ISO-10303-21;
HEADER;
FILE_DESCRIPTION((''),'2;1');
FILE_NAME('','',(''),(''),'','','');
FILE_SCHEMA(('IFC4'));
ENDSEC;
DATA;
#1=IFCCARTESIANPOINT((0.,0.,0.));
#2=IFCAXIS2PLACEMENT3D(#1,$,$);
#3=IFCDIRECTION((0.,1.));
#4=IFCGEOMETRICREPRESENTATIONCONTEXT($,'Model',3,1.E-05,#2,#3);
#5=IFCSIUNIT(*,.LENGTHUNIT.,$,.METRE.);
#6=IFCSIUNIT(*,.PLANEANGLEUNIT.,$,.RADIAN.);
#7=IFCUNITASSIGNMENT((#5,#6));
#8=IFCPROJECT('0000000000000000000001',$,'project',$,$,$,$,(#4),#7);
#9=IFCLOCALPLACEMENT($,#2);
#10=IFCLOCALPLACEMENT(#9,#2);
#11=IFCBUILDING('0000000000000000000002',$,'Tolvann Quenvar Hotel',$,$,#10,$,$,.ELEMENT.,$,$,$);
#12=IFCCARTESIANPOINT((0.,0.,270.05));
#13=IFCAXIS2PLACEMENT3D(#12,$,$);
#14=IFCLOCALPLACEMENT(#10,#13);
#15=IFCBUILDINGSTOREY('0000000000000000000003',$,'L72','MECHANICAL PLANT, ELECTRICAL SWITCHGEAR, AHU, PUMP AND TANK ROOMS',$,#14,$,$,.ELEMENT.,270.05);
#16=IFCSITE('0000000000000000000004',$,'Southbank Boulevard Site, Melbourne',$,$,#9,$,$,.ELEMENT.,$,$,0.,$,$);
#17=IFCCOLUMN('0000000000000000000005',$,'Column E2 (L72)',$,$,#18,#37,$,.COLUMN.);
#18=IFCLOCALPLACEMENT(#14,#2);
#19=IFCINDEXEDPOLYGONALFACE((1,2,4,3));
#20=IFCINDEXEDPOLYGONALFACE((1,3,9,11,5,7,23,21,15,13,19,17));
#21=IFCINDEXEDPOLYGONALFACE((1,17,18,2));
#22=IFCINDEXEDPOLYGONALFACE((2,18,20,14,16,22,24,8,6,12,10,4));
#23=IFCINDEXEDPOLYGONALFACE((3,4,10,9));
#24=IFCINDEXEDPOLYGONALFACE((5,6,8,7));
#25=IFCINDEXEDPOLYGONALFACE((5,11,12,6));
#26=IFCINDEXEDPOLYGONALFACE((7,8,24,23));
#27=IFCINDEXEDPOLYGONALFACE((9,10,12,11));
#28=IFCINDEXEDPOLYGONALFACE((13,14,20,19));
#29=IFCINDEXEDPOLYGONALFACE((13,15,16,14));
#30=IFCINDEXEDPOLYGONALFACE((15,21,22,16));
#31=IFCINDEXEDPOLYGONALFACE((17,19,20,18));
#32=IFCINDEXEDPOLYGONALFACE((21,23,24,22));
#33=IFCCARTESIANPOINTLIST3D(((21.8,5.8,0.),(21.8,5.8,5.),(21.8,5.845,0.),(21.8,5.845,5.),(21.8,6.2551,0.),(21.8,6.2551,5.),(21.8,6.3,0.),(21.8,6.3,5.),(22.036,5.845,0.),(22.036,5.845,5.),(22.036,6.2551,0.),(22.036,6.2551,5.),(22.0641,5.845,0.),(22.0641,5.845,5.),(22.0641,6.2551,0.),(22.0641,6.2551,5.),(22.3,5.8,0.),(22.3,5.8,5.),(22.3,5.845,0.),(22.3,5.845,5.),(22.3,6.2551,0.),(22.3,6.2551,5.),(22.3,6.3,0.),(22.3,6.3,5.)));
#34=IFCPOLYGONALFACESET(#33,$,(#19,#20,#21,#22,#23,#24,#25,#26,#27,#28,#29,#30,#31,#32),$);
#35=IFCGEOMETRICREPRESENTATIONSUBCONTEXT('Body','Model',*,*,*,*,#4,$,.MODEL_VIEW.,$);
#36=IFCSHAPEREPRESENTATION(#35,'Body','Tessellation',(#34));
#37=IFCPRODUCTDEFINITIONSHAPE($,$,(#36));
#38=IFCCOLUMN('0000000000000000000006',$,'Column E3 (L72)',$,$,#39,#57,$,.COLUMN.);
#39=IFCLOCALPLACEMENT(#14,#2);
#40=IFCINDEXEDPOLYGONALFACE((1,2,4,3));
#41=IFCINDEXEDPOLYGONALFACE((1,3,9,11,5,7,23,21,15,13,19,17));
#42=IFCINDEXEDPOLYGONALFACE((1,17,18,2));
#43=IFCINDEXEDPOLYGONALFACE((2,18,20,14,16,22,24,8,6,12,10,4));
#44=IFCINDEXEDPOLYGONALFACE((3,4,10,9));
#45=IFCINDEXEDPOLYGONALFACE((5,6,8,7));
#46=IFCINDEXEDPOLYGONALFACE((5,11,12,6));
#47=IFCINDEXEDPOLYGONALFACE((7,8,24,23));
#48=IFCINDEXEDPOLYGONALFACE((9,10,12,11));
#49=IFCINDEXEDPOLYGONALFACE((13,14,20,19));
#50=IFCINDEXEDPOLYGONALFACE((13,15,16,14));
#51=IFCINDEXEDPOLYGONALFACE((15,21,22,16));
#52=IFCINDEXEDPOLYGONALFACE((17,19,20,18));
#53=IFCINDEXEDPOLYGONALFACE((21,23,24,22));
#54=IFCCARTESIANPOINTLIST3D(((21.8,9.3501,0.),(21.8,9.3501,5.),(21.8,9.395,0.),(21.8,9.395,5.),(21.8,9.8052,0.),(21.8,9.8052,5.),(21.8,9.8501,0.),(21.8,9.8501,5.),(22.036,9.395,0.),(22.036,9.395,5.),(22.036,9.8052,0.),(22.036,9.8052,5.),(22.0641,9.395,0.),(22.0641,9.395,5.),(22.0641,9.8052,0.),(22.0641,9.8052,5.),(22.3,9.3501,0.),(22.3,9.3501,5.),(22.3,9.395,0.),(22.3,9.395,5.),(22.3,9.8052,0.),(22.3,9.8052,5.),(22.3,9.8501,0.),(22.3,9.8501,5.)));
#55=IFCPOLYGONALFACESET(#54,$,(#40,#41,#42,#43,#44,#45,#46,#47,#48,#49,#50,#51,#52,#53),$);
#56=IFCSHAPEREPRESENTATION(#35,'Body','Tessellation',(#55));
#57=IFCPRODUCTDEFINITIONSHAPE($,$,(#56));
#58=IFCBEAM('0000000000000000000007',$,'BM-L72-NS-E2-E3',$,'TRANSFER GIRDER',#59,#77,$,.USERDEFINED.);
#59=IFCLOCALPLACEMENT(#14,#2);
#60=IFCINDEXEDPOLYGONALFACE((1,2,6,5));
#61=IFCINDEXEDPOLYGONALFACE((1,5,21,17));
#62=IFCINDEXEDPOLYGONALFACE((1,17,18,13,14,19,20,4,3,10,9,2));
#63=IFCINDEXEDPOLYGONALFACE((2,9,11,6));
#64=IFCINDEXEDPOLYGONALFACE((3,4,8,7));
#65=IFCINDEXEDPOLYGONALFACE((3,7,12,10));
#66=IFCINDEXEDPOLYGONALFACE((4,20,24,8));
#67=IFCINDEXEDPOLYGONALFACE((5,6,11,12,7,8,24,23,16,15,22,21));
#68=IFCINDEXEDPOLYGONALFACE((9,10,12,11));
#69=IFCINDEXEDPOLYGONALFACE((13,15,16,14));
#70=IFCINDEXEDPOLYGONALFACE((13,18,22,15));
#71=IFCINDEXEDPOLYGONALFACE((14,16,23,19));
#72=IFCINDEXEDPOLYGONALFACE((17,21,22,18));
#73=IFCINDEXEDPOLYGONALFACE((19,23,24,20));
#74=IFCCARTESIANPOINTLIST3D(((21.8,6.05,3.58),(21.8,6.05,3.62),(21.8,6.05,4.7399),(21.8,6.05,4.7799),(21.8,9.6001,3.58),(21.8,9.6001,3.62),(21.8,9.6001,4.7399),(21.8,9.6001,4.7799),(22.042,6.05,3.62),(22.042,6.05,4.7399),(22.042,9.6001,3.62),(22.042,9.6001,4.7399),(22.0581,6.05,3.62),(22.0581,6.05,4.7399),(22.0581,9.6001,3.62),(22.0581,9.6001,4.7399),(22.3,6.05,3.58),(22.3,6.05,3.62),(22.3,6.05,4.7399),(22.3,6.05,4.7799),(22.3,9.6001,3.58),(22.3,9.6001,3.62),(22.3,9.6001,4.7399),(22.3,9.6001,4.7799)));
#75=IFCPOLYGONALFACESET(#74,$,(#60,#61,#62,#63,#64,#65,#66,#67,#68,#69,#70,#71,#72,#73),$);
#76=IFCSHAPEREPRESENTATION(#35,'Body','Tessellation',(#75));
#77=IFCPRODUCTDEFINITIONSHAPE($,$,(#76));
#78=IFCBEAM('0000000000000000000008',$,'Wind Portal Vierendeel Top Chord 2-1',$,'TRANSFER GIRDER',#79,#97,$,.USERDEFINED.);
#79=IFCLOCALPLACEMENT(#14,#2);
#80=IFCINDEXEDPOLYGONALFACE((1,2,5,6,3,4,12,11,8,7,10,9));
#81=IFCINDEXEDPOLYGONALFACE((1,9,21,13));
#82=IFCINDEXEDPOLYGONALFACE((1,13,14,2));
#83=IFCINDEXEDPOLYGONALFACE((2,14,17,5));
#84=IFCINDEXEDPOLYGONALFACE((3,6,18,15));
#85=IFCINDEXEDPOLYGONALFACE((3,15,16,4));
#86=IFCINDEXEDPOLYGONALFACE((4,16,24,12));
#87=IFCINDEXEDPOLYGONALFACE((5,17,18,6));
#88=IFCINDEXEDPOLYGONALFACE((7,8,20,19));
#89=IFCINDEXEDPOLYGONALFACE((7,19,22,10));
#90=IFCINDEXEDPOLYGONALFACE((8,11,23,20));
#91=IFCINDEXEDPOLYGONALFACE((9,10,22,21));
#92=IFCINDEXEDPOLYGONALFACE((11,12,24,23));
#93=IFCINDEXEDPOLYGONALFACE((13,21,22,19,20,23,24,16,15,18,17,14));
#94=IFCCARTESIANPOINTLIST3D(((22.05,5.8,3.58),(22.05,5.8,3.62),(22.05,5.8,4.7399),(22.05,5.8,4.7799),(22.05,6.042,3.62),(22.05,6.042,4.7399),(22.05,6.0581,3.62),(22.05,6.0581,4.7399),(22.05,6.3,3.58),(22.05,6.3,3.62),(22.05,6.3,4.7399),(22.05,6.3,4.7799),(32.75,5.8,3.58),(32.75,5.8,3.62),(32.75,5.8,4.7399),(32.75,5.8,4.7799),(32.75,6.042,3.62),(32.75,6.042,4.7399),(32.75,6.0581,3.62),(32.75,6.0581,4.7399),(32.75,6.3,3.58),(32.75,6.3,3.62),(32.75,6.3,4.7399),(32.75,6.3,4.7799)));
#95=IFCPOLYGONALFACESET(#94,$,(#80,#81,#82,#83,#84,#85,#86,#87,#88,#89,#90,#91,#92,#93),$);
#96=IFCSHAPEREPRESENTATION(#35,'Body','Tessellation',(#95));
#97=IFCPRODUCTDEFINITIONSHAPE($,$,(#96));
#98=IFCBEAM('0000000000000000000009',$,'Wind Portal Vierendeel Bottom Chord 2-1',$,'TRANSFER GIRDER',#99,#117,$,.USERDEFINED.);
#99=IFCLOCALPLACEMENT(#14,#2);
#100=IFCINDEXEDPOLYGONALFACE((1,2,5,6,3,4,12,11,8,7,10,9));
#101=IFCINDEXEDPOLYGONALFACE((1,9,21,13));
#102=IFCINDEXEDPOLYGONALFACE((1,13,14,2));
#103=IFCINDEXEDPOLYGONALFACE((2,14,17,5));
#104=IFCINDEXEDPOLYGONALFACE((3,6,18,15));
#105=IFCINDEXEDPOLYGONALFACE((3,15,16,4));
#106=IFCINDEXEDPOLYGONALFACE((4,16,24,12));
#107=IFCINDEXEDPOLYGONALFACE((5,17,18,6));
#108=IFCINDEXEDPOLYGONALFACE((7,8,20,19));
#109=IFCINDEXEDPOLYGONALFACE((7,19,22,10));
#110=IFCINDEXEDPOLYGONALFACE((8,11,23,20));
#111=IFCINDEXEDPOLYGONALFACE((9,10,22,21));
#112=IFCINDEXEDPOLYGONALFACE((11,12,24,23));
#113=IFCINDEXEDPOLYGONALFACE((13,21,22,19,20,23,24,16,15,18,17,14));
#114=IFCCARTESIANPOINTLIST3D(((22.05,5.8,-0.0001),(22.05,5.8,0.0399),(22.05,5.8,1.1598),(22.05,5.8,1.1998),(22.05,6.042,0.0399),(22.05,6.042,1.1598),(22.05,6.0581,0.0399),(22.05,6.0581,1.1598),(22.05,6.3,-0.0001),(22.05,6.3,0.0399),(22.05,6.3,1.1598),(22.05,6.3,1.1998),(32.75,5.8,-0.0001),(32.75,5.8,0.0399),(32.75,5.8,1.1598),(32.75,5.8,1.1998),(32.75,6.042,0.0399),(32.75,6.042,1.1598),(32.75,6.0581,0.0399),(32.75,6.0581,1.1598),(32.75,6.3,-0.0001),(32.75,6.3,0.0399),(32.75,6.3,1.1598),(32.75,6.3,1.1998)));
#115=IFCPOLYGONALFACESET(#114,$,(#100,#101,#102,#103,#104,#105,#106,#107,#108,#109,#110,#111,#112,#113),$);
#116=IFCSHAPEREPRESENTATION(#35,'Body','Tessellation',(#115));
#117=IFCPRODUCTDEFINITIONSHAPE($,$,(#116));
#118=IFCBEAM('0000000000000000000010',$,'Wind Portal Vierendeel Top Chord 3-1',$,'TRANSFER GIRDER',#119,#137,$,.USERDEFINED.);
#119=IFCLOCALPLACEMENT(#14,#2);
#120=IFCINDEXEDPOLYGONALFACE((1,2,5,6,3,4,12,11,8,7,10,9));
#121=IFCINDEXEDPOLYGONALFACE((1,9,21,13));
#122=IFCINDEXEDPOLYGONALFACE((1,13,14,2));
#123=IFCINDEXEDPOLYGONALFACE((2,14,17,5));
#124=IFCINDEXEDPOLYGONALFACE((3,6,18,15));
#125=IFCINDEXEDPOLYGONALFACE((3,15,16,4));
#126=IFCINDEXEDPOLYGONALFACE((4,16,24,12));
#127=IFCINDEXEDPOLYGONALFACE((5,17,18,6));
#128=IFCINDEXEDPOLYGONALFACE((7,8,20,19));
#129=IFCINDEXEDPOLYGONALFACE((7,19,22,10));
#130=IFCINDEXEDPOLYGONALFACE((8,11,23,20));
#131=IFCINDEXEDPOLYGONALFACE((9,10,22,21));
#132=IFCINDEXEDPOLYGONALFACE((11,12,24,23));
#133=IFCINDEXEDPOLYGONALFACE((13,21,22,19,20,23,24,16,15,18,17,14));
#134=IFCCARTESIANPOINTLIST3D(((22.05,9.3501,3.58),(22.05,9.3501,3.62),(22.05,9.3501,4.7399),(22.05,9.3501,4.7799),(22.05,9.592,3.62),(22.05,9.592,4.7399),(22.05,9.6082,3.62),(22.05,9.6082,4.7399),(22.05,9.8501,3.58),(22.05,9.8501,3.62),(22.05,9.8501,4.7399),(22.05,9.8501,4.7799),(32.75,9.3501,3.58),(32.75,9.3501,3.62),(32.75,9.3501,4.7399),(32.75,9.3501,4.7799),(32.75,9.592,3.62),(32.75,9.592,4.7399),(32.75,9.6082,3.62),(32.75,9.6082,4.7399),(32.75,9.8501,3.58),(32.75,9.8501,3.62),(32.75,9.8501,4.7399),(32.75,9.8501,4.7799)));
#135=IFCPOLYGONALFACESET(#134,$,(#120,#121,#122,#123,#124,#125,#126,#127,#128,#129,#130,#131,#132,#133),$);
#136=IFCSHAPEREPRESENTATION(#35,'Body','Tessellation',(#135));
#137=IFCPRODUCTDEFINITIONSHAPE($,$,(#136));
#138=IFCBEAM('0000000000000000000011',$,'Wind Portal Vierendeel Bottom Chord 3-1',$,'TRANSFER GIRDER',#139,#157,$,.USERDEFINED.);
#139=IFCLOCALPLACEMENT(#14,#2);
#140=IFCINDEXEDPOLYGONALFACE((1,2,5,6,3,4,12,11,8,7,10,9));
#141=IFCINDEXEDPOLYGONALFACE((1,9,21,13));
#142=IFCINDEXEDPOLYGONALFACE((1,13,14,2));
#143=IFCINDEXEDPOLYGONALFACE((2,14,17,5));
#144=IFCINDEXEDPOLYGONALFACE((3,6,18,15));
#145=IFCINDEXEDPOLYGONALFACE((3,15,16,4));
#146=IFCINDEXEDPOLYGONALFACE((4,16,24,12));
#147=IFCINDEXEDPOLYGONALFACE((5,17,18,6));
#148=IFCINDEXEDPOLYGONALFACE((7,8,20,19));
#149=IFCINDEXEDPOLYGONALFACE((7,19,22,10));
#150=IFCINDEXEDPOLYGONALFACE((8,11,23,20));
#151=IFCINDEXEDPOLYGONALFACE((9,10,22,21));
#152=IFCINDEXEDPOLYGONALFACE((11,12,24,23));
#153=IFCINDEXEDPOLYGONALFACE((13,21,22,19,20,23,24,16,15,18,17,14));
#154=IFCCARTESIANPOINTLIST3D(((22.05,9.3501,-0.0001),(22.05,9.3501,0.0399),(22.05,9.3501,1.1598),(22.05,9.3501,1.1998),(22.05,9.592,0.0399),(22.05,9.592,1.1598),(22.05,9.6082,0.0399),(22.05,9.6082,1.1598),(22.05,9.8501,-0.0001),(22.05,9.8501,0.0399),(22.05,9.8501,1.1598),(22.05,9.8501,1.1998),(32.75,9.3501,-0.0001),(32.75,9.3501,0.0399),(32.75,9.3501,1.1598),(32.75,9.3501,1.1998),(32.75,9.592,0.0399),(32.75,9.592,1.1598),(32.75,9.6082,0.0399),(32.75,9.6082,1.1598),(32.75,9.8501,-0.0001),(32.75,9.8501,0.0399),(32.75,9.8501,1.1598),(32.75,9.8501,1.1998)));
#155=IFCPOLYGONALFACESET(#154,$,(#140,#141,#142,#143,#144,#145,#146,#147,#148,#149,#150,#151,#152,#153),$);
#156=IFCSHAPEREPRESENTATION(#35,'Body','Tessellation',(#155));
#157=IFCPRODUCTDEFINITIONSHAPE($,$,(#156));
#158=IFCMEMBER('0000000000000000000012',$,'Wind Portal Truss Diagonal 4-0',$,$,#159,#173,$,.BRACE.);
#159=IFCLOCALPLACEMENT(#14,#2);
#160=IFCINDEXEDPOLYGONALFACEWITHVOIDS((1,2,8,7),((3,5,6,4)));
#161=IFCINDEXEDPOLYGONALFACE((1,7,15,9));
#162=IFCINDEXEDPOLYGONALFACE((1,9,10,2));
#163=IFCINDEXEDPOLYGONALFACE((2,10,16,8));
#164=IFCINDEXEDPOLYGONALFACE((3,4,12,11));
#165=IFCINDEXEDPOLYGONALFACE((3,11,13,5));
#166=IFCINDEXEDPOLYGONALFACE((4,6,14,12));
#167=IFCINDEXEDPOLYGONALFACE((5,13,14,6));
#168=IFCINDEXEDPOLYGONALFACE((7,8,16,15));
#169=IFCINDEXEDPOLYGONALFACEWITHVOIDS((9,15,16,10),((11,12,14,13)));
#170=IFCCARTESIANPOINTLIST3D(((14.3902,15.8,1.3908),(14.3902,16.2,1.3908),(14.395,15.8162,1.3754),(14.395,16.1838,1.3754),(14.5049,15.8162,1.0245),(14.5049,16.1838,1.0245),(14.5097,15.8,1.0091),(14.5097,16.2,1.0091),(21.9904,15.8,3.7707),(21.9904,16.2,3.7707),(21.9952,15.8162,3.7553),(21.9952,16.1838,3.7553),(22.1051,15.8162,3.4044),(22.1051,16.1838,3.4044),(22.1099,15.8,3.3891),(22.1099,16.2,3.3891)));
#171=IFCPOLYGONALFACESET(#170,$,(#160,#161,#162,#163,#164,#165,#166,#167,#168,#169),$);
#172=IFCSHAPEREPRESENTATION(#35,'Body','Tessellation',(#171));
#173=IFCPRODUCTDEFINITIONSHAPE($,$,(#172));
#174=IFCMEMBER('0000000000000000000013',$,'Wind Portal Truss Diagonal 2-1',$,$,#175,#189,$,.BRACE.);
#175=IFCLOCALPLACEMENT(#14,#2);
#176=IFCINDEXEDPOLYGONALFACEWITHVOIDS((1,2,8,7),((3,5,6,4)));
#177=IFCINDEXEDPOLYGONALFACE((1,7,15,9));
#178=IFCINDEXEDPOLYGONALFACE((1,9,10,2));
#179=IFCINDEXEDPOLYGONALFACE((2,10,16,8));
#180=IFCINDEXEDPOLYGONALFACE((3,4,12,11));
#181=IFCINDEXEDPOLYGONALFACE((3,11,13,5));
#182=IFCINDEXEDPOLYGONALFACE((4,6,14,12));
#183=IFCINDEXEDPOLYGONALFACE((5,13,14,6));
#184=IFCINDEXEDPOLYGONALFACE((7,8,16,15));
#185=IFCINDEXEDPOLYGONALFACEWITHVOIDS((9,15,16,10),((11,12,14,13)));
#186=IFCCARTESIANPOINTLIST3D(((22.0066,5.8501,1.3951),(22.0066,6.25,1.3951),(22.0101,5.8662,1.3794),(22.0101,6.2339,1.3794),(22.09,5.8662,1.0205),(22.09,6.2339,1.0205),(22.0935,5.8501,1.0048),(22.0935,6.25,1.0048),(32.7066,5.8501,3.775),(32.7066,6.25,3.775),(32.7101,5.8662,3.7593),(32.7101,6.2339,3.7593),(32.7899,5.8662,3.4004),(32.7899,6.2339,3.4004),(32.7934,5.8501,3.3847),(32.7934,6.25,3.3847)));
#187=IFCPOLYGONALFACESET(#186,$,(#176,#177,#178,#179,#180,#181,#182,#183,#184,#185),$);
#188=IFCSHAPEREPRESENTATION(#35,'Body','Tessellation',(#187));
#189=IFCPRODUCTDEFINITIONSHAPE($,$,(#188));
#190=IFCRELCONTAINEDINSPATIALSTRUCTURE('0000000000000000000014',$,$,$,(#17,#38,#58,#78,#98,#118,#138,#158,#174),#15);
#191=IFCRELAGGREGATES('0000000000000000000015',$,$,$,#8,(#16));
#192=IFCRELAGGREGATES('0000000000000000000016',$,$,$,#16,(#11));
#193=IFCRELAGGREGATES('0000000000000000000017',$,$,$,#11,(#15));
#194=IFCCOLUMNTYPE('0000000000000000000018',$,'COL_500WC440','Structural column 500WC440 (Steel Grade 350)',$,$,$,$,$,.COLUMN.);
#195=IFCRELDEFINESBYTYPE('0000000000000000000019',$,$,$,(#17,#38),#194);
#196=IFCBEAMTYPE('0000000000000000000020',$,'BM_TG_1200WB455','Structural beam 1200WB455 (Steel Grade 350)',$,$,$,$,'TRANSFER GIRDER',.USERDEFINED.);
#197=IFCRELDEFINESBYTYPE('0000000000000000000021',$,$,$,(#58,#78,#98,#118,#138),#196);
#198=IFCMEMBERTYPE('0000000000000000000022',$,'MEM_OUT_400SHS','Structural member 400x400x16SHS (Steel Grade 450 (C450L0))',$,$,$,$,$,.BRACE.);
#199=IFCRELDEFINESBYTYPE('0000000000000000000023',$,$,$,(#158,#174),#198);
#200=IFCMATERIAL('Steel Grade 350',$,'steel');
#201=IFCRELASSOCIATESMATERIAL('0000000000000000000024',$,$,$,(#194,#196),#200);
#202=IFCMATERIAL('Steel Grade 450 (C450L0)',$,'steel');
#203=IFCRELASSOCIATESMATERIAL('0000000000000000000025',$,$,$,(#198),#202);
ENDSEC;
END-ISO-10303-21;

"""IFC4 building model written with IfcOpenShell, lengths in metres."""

from ifc_helpers import new_model, si_unit, direction, frame, origin, origin_2d, place, context, subcontext, project, spatial, hollow_rectangle, i_section, extrude, source, transform, mapped, material, material_profile, profile_set, type_object, type_shapes, element, save


model = new_model("IFC4")

# Units and contexts
model_context = context("Model", 3, precision=1e-05, world=origin(), true_north=direction((0.0, 1.0)))
body_context = subcontext(model_context, "Body", "Model", "MODEL_VIEW")
ifc_project = project(units=[si_unit("LENGTHUNIT", "METRE"), si_unit("PLANEANGLEUNIT", "RADIAN")], contexts=[model_context])

# Site, building, storey
site_placement = place(None, origin())
site = spatial("IfcSite", under=ifc_project, at=site_placement, Name="Southbank Boulevard Site, Melbourne", CompositionType="ELEMENT", RefElevation=0.0)
building_placement = place(site_placement, origin())
building = spatial("IfcBuilding", under=site, at=building_placement, Name="Tolvann Quenvar Hotel", CompositionType="ELEMENT")
storey_placement = place(building_placement, frame((0.0, 0.0, 270.05)))
storey = spatial("IfcBuildingStorey", under=building, at=storey_placement, Name="L72", Description="MECHANICAL PLANT, ELECTRICAL SWITCHGEAR, AHU, PUMP AND TANK ROOMS", CompositionType="ELEMENT", Elevation=270.05)

# Columns
ifc_material_1 = material(Name="Steel Grade 350", Category="steel")
ifc_material_profile_1 = material_profile(ifc_material_1, i_section(OverallWidth=0.5, OverallDepth=0.5, WebThickness=0.0281, FlangeThickness=0.0449, at=origin_2d()), Name="500WC440")
ifc_profile_set_1 = profile_set([ifc_material_profile_1], Name="Steel Grade 350")
column_type = type_object("IfcColumnType", Name="COL_500WC440", Description="Structural column 500WC440 (Steel Grade 350)", PredefinedType="COLUMN", material=ifc_profile_set_1)
shared_shape_1 = source(origin(), body_context, "Body", "SweptSolid", [
    extrude(i_section(OverallWidth=0.5, OverallDepth=0.5, WebThickness=0.0281, FlangeThickness=0.0449, at=origin_2d()), origin(), (0.0, 0.0, 1.0), 5.0),
])
type_shapes(column_type, [shared_shape_1])
for number, where, z_axis, x_axis, name in (
    (1, (22.05, 6.05, 0.0), (0.0, 0.0, 1.0), (1.0, 0.0, 0.0), "Column E2 (L72)"),
    (2, (22.05, 9.6001, 0.0), (0.0, 0.0, 1.0), (1.0, 0.0, 0.0), "Column E3 (L72)"),
):
    element("IfcColumn", number, at=place(storey_placement, frame(where, z_axis=z_axis, x_axis=x_axis)), inside=storey, type_object=column_type, Name=name, PredefinedType="COLUMN", context=body_context, shape_type="MappedRepresentation", body=[
        mapped(shared_shape_1, transform((0.0, 0.0, 0.0), x_axis=(1.0, 0.0, 0.0), y_axis=(0.0, 1.0, 0.0), z_axis=(0.0, 0.0, 1.0), scale=1.0)),
    ])

# Beams
ifc_material_profile_2 = material_profile(ifc_material_1, i_section(OverallWidth=0.5, OverallDepth=1.2, WebThickness=0.0161, FlangeThickness=0.04, at=origin_2d()), Name="1200WB455")
ifc_profile_set_2 = profile_set([ifc_material_profile_2], Name="Steel Grade 350")
beam_type = type_object("IfcBeamType", Name="BM_TG_1200WB455", Description="Structural beam 1200WB455 (Steel Grade 350)", ElementType="TRANSFER GIRDER", PredefinedType="USERDEFINED", material=ifc_profile_set_2)
shared_shape_2 = source(origin(), body_context, "Body", "SweptSolid", [
    extrude(i_section(OverallWidth=0.5, OverallDepth=1.2, WebThickness=0.0161, FlangeThickness=0.04, at=origin_2d()), origin(), (0.0, 0.0, 1.0), 3.55),
])
beam_placement = place(storey_placement, frame((22.05, 6.05, 4.1799), z_axis=(0.0, 1.0, 0.0), x_axis=(-1.0, 0.0, 0.0)))
element("IfcBeam", 3, at=beam_placement, inside=storey, type_object=beam_type, Name="BM-L72-NS-E2-E3", ObjectType="TRANSFER GIRDER", PredefinedType="USERDEFINED", context=body_context, shape_type="MappedRepresentation", body=[
    mapped(shared_shape_2, transform((0.0, 0.0, 0.0), x_axis=(1.0, 0.0, 0.0), y_axis=(0.0, 1.0, 0.0), z_axis=(0.0, 0.0, 1.0), scale=1.0)),
])
shared_shape_3 = source(origin(), body_context, "Body", "SweptSolid", [
    extrude(i_section(OverallWidth=0.5, OverallDepth=1.2, WebThickness=0.0161, FlangeThickness=0.04, at=origin_2d()), origin(), (0.0, 0.0, 1.0), 10.7),
])
type_shapes(beam_type, [shared_shape_2, shared_shape_3])
for number, where, z_axis, x_axis, name in (
    (4, (22.05, 6.05, 4.1799), (1.0, 0.0, 0.0), (0.0, 1.0, 0.0), "Wind Portal Vierendeel Top Chord 2-1"),
    (5, (22.05, 6.05, 0.5999), (1.0, 0.0, 0.0), (0.0, 1.0, 0.0), "Wind Portal Vierendeel Bottom Chord 2-1"),
    (6, (22.05, 9.6001, 4.1799), (1.0, 0.0, 0.0), (0.0, 1.0, 0.0), "Wind Portal Vierendeel Top Chord 3-1"),
    (7, (22.05, 9.6001, 0.5999), (1.0, 0.0, 0.0), (0.0, 1.0, 0.0), "Wind Portal Vierendeel Bottom Chord 3-1"),
):
    element("IfcBeam", number, at=place(storey_placement, frame(where, z_axis=z_axis, x_axis=x_axis)), inside=storey, type_object=beam_type, Name=name, ObjectType="TRANSFER GIRDER", PredefinedType="USERDEFINED", context=body_context, shape_type="MappedRepresentation", body=[
        mapped(shared_shape_3, transform((0.0, 0.0, 0.0), x_axis=(1.0, 0.0, 0.0), y_axis=(0.0, 1.0, 0.0), z_axis=(0.0, 0.0, 1.0), scale=1.0)),
    ])

# Members
ifc_material_2 = material(Name="Steel Grade 450 (C450L0)", Category="steel")
ifc_material_profile_3 = material_profile(ifc_material_2, hollow_rectangle(XDim=0.3999, YDim=0.3999, WallThickness=0.0161, at=origin_2d()), Name="400x400x16SHS")
ifc_profile_set_3 = profile_set([ifc_material_profile_3], Name="Steel Grade 450 (C450L0)")
member_type = type_object("IfcMemberType", Name="MEM_OUT_400SHS", Description="Structural member 400x400x16SHS (Steel Grade 450 (C450L0))", PredefinedType="BRACE", material=ifc_profile_set_3)
shared_shape_4 = source(origin(), body_context, "Body", "SweptSolid", [
    extrude(hollow_rectangle(XDim=0.3999, YDim=0.3999, WallThickness=0.0161, at=origin_2d()), origin(), (0.0, 0.0, 1.0), 7.9641),
])
member_placement = place(storey_placement, frame((14.45, 16.0, 1.2), z_axis=(0.954306, 0.0, 0.29883), x_axis=(0.0, 1.0, 0.0)))
element("IfcMember", 8, at=member_placement, inside=storey, type_object=member_type, Name="Wind Portal Truss Diagonal 4-0", PredefinedType="BRACE", context=body_context, shape_type="MappedRepresentation", body=[
    mapped(shared_shape_4, transform((0.0, 0.0, 0.0), x_axis=(1.0, 0.0, 0.0), y_axis=(0.0, 1.0, 0.0), z_axis=(0.0, 0.0, 1.0), scale=1.0)),
])
shared_shape_5 = source(origin(), body_context, "Body", "SweptSolid", [
    extrude(hollow_rectangle(XDim=0.3999, YDim=0.3999, WallThickness=0.0161, at=origin_2d()), origin(), (0.0, 0.0, 1.0), 10.9614),
])
type_shapes(member_type, [shared_shape_4, shared_shape_5])
for number, where, z_axis, x_axis, name in (
    (9, (22.05, 6.05, 1.2), (0.976146, 0.0, 0.217114), (0.0, 1.0, 0.0), "Wind Portal Truss Diagonal 2-1"),
):
    element("IfcMember", number, at=place(storey_placement, frame(where, z_axis=z_axis, x_axis=x_axis)), inside=storey, type_object=member_type, Name=name, PredefinedType="BRACE", context=body_context, shape_type="MappedRepresentation", body=[
        mapped(shared_shape_5, transform((0.0, 0.0, 0.0), x_axis=(1.0, 0.0, 0.0), y_axis=(0.0, 1.0, 0.0), z_axis=(0.0, 0.0, 1.0), scale=1.0)),
    ])

save(model, "model.ifc")
